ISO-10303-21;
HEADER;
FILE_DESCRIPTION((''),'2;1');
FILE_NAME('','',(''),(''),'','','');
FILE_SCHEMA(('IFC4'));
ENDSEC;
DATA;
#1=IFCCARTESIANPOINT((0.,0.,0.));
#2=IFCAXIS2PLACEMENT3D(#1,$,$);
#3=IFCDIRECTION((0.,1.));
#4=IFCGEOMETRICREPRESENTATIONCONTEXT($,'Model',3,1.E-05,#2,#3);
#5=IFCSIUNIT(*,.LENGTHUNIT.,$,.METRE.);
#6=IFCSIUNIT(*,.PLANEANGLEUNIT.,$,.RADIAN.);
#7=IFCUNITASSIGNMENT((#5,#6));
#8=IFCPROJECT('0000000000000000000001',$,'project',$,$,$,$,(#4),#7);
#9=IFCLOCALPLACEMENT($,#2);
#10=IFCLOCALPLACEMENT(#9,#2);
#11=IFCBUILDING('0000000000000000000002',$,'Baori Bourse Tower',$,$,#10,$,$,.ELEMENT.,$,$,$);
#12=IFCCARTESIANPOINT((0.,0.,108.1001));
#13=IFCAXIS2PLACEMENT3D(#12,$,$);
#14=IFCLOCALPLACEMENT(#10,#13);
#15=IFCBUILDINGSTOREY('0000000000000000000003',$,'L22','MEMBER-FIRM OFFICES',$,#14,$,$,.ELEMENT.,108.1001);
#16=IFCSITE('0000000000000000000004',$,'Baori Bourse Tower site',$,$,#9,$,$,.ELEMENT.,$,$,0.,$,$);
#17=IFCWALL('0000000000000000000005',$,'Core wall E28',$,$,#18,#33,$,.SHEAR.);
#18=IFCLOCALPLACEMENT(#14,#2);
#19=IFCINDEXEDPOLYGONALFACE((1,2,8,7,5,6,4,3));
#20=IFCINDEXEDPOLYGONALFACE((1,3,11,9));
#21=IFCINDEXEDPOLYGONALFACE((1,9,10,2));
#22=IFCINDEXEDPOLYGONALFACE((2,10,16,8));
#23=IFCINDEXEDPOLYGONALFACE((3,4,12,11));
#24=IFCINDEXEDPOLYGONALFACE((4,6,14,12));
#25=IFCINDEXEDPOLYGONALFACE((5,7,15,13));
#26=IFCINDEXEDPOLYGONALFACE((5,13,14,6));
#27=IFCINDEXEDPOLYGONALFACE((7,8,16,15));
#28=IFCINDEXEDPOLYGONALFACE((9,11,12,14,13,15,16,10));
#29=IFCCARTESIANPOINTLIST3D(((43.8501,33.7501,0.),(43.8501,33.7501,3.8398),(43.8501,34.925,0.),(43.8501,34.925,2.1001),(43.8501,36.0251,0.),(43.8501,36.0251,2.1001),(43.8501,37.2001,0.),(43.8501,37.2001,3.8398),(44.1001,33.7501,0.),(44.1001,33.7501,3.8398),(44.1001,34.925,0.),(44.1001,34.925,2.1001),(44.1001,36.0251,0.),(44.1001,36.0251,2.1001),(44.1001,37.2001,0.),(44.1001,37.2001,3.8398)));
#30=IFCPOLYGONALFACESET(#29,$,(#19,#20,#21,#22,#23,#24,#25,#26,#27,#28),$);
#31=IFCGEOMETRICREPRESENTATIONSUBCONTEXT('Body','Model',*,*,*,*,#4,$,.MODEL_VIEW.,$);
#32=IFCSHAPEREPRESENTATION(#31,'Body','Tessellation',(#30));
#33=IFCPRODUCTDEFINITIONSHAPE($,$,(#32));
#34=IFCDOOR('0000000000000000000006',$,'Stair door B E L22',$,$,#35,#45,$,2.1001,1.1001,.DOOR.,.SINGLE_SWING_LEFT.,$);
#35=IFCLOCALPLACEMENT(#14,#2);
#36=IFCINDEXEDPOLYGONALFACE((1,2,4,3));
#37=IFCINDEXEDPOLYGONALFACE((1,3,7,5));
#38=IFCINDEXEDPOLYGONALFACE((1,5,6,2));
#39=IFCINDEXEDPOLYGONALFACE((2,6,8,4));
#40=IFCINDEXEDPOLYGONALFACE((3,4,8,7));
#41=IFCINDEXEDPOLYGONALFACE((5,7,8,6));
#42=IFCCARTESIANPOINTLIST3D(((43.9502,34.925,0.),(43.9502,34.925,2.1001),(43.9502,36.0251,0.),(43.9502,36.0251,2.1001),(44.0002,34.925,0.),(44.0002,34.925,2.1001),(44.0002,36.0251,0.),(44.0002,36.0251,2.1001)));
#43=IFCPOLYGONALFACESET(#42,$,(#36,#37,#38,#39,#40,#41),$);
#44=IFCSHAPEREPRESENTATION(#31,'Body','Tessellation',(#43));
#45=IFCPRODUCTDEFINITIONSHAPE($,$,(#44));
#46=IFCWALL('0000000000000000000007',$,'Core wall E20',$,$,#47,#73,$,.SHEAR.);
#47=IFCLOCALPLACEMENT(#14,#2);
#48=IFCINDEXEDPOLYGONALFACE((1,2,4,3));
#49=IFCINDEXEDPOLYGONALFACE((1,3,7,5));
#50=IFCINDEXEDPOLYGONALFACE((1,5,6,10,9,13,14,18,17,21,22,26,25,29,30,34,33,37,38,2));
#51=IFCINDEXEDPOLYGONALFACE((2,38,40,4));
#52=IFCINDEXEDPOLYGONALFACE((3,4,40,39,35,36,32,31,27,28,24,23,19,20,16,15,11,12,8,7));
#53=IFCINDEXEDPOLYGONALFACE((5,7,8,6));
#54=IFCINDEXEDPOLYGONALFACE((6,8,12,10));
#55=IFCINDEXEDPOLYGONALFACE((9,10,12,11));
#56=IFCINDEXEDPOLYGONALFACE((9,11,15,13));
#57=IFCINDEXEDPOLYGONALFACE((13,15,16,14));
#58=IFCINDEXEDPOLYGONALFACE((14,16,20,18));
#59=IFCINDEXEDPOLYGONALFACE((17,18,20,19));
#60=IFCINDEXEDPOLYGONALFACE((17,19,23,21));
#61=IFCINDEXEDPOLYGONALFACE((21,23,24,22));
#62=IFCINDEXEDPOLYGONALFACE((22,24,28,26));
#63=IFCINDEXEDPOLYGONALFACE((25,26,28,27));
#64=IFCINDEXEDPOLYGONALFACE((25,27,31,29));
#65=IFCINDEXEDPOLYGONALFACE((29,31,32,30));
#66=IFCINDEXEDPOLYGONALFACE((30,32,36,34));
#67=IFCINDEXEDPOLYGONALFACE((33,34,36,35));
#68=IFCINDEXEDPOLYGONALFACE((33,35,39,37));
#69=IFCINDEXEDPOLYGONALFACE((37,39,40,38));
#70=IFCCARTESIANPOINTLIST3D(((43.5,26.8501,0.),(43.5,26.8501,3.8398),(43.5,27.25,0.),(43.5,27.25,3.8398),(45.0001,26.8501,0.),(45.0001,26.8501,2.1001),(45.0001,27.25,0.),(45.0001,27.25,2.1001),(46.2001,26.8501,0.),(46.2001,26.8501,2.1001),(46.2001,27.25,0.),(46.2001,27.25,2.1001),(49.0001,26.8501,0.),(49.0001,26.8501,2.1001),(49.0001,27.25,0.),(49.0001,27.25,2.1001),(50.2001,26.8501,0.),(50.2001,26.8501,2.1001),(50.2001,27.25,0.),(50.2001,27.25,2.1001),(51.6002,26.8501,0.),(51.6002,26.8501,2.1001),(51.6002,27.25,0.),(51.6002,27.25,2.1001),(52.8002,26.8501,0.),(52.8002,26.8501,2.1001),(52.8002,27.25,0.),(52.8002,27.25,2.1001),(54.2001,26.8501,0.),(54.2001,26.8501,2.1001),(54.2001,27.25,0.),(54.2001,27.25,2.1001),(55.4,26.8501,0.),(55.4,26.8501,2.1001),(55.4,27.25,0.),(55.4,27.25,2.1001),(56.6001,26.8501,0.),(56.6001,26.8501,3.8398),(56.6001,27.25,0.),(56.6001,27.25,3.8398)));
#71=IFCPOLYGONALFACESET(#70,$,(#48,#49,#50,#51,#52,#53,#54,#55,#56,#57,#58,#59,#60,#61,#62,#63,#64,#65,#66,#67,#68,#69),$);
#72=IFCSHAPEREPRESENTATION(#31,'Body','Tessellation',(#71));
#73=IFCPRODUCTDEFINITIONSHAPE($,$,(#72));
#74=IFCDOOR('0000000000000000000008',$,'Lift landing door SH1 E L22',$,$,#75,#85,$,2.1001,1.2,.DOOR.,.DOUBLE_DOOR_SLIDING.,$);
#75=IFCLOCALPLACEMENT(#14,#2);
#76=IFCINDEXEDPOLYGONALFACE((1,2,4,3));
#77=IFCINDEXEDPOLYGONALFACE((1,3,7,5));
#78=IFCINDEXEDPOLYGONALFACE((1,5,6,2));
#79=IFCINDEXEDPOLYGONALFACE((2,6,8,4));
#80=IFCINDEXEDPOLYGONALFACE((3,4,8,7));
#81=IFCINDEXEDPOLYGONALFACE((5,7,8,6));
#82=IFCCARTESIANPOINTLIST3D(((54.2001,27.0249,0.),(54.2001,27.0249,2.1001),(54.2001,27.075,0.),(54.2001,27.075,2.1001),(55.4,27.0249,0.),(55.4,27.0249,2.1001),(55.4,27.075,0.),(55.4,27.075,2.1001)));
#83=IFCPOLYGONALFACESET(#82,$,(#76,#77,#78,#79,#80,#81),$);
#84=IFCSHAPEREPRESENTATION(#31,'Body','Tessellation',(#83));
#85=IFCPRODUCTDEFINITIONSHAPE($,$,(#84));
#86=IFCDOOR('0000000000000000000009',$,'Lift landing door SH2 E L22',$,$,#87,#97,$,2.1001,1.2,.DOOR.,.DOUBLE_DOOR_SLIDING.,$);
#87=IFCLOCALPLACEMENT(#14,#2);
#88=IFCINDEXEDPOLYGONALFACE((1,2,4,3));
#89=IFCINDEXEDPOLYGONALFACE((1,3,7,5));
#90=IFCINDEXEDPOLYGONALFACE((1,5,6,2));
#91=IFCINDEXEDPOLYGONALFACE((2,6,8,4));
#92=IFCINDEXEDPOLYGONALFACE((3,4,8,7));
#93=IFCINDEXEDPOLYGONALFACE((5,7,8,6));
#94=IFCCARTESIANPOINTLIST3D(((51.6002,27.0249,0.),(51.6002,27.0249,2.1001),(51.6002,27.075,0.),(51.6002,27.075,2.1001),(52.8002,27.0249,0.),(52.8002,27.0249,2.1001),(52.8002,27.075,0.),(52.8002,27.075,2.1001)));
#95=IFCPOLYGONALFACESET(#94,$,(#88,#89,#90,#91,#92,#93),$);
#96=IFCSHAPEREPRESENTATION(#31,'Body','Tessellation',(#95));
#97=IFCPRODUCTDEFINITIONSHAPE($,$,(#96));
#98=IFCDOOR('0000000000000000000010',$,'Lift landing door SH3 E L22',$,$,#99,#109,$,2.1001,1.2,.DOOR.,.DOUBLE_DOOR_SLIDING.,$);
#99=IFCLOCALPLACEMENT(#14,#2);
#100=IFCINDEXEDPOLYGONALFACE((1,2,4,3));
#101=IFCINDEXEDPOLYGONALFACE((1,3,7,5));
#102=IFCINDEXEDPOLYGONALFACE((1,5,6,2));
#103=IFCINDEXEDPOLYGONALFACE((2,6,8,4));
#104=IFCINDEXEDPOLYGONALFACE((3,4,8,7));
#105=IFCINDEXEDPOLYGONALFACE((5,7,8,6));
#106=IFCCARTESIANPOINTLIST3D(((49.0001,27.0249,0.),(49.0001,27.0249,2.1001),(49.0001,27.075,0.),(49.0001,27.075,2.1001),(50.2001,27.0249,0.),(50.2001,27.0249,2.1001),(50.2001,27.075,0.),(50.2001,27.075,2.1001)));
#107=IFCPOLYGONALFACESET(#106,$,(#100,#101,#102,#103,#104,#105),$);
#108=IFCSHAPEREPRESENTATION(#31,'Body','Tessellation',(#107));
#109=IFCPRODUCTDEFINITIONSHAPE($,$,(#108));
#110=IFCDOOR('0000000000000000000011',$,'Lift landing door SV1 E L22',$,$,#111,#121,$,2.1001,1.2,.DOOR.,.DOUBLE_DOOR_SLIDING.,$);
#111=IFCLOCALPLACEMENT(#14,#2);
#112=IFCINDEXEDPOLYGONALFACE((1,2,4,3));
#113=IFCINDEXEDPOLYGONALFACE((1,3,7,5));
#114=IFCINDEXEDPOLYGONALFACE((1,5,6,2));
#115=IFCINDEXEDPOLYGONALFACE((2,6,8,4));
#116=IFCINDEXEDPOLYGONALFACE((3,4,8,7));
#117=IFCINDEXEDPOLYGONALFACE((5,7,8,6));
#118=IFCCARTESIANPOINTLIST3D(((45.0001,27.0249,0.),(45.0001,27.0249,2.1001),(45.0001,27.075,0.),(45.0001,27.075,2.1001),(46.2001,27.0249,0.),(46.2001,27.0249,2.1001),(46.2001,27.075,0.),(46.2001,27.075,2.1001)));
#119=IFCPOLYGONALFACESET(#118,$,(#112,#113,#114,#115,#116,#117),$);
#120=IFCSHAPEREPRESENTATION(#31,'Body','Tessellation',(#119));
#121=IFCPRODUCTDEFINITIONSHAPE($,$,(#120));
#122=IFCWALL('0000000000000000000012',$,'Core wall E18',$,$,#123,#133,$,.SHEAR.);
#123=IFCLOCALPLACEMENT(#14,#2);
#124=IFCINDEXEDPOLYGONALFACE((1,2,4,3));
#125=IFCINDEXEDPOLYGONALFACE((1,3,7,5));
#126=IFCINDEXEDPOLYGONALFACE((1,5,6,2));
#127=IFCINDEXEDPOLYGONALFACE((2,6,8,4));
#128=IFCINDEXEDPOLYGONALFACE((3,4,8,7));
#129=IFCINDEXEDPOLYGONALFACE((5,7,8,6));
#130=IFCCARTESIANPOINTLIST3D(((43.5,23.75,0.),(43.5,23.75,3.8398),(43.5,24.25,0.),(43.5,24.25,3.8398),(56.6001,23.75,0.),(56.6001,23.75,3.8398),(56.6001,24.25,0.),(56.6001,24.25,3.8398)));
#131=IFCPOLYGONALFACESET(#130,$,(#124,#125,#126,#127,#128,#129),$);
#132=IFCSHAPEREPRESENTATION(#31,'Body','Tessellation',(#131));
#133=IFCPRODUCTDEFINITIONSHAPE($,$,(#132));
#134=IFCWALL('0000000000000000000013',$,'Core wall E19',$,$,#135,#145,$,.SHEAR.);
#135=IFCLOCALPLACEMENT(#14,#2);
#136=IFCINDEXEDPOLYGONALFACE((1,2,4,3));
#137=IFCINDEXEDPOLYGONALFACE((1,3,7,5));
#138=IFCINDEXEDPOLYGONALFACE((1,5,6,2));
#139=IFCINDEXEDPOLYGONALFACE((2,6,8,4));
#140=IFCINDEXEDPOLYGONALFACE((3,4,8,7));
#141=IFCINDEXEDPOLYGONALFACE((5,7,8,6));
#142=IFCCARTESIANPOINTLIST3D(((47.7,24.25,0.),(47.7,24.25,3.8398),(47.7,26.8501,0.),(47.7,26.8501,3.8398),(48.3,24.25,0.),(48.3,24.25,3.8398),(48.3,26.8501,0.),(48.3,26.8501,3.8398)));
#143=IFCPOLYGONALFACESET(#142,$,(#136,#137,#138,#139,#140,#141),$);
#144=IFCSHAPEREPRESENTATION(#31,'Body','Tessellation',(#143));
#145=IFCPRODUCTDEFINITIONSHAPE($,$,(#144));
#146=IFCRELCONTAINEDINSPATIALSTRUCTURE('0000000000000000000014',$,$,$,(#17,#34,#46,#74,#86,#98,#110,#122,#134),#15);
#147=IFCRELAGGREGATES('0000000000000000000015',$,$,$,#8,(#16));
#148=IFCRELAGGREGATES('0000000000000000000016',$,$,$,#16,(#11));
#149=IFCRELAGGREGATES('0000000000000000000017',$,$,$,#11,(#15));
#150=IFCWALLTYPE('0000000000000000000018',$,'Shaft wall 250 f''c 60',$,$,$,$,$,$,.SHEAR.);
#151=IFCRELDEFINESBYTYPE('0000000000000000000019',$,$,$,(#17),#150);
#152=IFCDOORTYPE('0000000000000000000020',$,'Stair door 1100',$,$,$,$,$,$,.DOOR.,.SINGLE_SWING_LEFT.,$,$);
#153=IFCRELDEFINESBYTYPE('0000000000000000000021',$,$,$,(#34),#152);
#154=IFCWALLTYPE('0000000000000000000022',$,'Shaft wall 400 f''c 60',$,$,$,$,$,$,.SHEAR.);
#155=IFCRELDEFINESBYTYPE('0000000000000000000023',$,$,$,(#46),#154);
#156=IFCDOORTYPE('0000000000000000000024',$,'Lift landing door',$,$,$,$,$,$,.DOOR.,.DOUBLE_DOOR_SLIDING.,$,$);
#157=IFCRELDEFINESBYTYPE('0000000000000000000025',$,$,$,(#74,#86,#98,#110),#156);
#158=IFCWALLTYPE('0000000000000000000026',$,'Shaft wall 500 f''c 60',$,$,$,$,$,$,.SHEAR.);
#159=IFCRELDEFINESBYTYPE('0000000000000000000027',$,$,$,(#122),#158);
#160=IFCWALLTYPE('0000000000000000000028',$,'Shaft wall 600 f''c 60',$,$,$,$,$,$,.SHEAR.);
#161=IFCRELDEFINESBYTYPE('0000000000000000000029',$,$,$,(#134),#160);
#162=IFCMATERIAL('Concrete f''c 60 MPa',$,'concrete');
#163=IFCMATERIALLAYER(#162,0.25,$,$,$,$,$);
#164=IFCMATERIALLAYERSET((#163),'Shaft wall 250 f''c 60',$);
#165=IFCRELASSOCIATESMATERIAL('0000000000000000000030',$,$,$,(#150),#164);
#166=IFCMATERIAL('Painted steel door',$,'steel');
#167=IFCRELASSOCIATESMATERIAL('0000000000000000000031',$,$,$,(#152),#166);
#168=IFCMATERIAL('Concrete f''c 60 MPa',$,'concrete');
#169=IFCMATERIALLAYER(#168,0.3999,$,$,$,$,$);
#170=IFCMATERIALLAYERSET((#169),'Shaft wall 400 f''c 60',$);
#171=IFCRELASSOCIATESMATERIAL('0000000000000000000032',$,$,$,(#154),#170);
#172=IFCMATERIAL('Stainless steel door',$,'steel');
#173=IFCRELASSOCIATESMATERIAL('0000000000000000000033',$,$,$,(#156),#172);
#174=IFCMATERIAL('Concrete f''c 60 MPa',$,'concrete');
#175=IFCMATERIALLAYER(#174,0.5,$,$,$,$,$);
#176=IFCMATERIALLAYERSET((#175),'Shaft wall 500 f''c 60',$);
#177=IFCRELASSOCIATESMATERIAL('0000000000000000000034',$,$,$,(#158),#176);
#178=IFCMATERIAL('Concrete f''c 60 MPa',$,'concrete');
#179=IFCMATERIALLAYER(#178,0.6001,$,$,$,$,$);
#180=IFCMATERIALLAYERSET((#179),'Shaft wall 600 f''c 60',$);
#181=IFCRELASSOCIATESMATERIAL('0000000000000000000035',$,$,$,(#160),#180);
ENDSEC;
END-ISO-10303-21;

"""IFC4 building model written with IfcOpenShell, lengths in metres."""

from ifc_helpers import new_model, si_unit, direction, frame, frame_2d, origin, place, context, subcontext, project, spatial, rectangle, extrude, material, layer, layer_set, type_object, element, fill, save


model = new_model("IFC4")

# Units and contexts
model_context = context("Model", 3, precision=1e-05, world=origin(), true_north=direction((0.0, 1.0)))
body_context = subcontext(model_context, "Body", "Model", "MODEL_VIEW")
ifc_project = project(units=[si_unit("LENGTHUNIT", "METRE"), si_unit("PLANEANGLEUNIT", "RADIAN")], contexts=[model_context])

# Site, building, storey
site_placement = place(None, origin())
site = spatial("IfcSite", under=ifc_project, at=site_placement, Name="Baori Bourse Tower site", CompositionType="ELEMENT", RefElevation=0.0)
building_placement = place(site_placement, origin())
building = spatial("IfcBuilding", under=site, at=building_placement, Name="Baori Bourse Tower", CompositionType="ELEMENT")
storey_placement = place(building_placement, frame((0.0, 0.0, 108.1001)))
storey = spatial("IfcBuildingStorey", under=building, at=storey_placement, Name="L22", Description="MEMBER-FIRM OFFICES", CompositionType="ELEMENT", Elevation=108.1001)

# Wall, opening, door
ifc_material_1 = material(Name="Concrete f'c 60 MPa", Category="concrete")
ifc_layer_1 = layer(ifc_material_1, 0.25)
ifc_layer_set_1 = layer_set([ifc_layer_1], Name="Shaft wall 250 f'c 60")
wall_type_1 = type_object("IfcWallType", Name="Shaft wall 250 f'c 60", PredefinedType="SHEAR", material=ifc_layer_set_1)
wall_1_placement = place(storey_placement, frame((43.9751, 33.75, 0.0), z_axis=(0.0, 0.0, 1.0), x_axis=(0.0, 1.0, 0.0)))
wall_1 = element("IfcWall", 1, at=wall_1_placement, inside=storey, type_object=wall_type_1, Name="Core wall E28", PredefinedType="SHEAR", context=body_context, shape_type="SweptSolid", body=[
    extrude(rectangle(XDim=3.45, YDim=0.25, at=frame_2d((1.7251, 0.0))), origin(), (0.0, 0.0, 1.0), 3.8398),
])
opening_1_placement = place(wall_1_placement, frame((1.175, 0.0, 0.0)))
opening_1 = element("IfcOpeningElement", 2, at=opening_1_placement, cuts=wall_1, PredefinedType="OPENING", context=body_context, shape_type="SweptSolid", body=[
    extrude(rectangle(XDim=1.1001, YDim=2.1001, at=frame_2d((0.55, 1.05))), frame((0.0, 0.135, 0.0), z_axis=(0.0, -1.0, 0.0), x_axis=(1.0, 0.0, 0.0)), (0.0, 0.0, 1.0), 0.27),
])
ifc_material_2 = material(Name="Painted steel door", Category="steel")
door_type_1 = type_object("IfcDoorType", Name="Stair door 1100", OperationType="SINGLE_SWING_LEFT", PredefinedType="DOOR", material=ifc_material_2)
door_1_placement = place(opening_1_placement, origin())
door_1 = element("IfcDoor", 3, at=door_1_placement, inside=storey, type_object=door_type_1, Name="Stair door B E L22", OperationType="SINGLE_SWING_LEFT", OverallHeight=2.1001, OverallWidth=1.1001, PredefinedType="DOOR", context=body_context, shape_type="SweptSolid", body=[
    extrude(rectangle(XDim=1.1001, YDim=2.1001, at=frame_2d((0.55, 1.05))), frame((0.0, 0.0249, 0.0), z_axis=(0.0, -1.0, 0.0), x_axis=(1.0, 0.0, 0.0)), (0.0, 0.0, 1.0), 0.05),
])
fill(opening_1, door_1)

# Wall, openings, doors
ifc_material_3 = material(Name="Concrete f'c 60 MPa", Category="concrete")
ifc_layer_2 = layer(ifc_material_3, 0.3999)
ifc_layer_set_2 = layer_set([ifc_layer_2], Name="Shaft wall 400 f'c 60")
wall_type_2 = type_object("IfcWallType", Name="Shaft wall 400 f'c 60", PredefinedType="SHEAR", material=ifc_layer_set_2)
wall_2_placement = place(storey_placement, frame((43.5, 27.05, 0.0), z_axis=(0.0, 0.0, 1.0), x_axis=(1.0, 0.0, 0.0)))
wall_2 = element("IfcWall", 4, at=wall_2_placement, inside=storey, type_object=wall_type_2, Name="Core wall E20", PredefinedType="SHEAR", context=body_context, shape_type="SweptSolid", body=[
    extrude(rectangle(XDim=13.1001, YDim=0.3999, at=frame_2d((6.55, 0.0))), origin(), (0.0, 0.0, 1.0), 3.8398),
])
opening_2_placement = place(wall_2_placement, frame((10.7, 0.0, 0.0)))
opening_2 = element("IfcOpeningElement", 5, at=opening_2_placement, cuts=wall_2, PredefinedType="OPENING", context=body_context, shape_type="SweptSolid", body=[
    extrude(rectangle(XDim=1.2, YDim=2.1001, at=frame_2d((0.6001, 1.05))), frame((0.0, 0.21, 0.0), z_axis=(0.0, -1.0, 0.0), x_axis=(1.0, 0.0, 0.0)), (0.0, 0.0, 1.0), 0.4199),
])
opening_3_placement = place(wall_2_placement, frame((8.1001, 0.0, 0.0)))
opening_3 = element("IfcOpeningElement", 6, at=opening_3_placement, cuts=wall_2, PredefinedType="OPENING", context=body_context, shape_type="SweptSolid", body=[
    extrude(rectangle(XDim=1.2, YDim=2.1001, at=frame_2d((0.6001, 1.05))), frame((0.0, 0.21, 0.0), z_axis=(0.0, -1.0, 0.0), x_axis=(1.0, 0.0, 0.0)), (0.0, 0.0, 1.0), 0.4199),
])
opening_4_placement = place(wall_2_placement, frame((5.5, 0.0, 0.0)))
opening_4 = element("IfcOpeningElement", 7, at=opening_4_placement, cuts=wall_2, PredefinedType="OPENING", context=body_context, shape_type="SweptSolid", body=[
    extrude(rectangle(XDim=1.2, YDim=2.1001, at=frame_2d((0.6001, 1.05))), frame((0.0, 0.21, 0.0), z_axis=(0.0, -1.0, 0.0), x_axis=(1.0, 0.0, 0.0)), (0.0, 0.0, 1.0), 0.4199),
])
opening_5_placement = place(wall_2_placement, frame((1.5, 0.0, 0.0)))
opening_5 = element("IfcOpeningElement", 8, at=opening_5_placement, cuts=wall_2, PredefinedType="OPENING", context=body_context, shape_type="SweptSolid", body=[
    extrude(rectangle(XDim=1.2, YDim=2.1001, at=frame_2d((0.6001, 1.05))), frame((0.0, 0.21, 0.0), z_axis=(0.0, -1.0, 0.0), x_axis=(1.0, 0.0, 0.0)), (0.0, 0.0, 1.0), 0.4199),
])
ifc_material_4 = material(Name="Stainless steel door", Category="steel")
door_type_2 = type_object("IfcDoorType", Name="Lift landing door", OperationType="DOUBLE_DOOR_SLIDING", PredefinedType="DOOR", material=ifc_material_4)
door_2_placement = place(opening_2_placement, origin())
door_2 = element("IfcDoor", 9, at=door_2_placement, inside=storey, type_object=door_type_2, Name="Lift landing door SH1 E L22", OperationType="DOUBLE_DOOR_SLIDING", OverallHeight=2.1001, OverallWidth=1.2, PredefinedType="DOOR", context=body_context, shape_type="SweptSolid", body=[
    extrude(rectangle(XDim=1.2, YDim=2.1001, at=frame_2d((0.6001, 1.05))), frame((0.0, 0.0249, 0.0), z_axis=(0.0, -1.0, 0.0), x_axis=(1.0, 0.0, 0.0)), (0.0, 0.0, 1.0), 0.05),
])
fill(opening_2, door_2)
door_3_placement = place(opening_3_placement, origin())
door_3 = element("IfcDoor", 10, at=door_3_placement, inside=storey, type_object=door_type_2, Name="Lift landing door SH2 E L22", OperationType="DOUBLE_DOOR_SLIDING", OverallHeight=2.1001, OverallWidth=1.2, PredefinedType="DOOR", context=body_context, shape_type="SweptSolid", body=[
    extrude(rectangle(XDim=1.2, YDim=2.1001, at=frame_2d((0.6001, 1.05))), frame((0.0, 0.0249, 0.0), z_axis=(0.0, -1.0, 0.0), x_axis=(1.0, 0.0, 0.0)), (0.0, 0.0, 1.0), 0.05),
])
fill(opening_3, door_3)
door_4_placement = place(opening_4_placement, origin())
door_4 = element("IfcDoor", 11, at=door_4_placement, inside=storey, type_object=door_type_2, Name="Lift landing door SH3 E L22", OperationType="DOUBLE_DOOR_SLIDING", OverallHeight=2.1001, OverallWidth=1.2, PredefinedType="DOOR", context=body_context, shape_type="SweptSolid", body=[
    extrude(rectangle(XDim=1.2, YDim=2.1001, at=frame_2d((0.6001, 1.05))), frame((0.0, 0.0249, 0.0), z_axis=(0.0, -1.0, 0.0), x_axis=(1.0, 0.0, 0.0)), (0.0, 0.0, 1.0), 0.05),
])
fill(opening_4, door_4)
door_5_placement = place(opening_5_placement, origin())
door_5 = element("IfcDoor", 12, at=door_5_placement, inside=storey, type_object=door_type_2, Name="Lift landing door SV1 E L22", OperationType="DOUBLE_DOOR_SLIDING", OverallHeight=2.1001, OverallWidth=1.2, PredefinedType="DOOR", context=body_context, shape_type="SweptSolid", body=[
    extrude(rectangle(XDim=1.2, YDim=2.1001, at=frame_2d((0.6001, 1.05))), frame((0.0, 0.0249, 0.0), z_axis=(0.0, -1.0, 0.0), x_axis=(1.0, 0.0, 0.0)), (0.0, 0.0, 1.0), 0.05),
])
fill(opening_5, door_5)

# Walls
ifc_material_5 = material(Name="Concrete f'c 60 MPa", Category="concrete")
ifc_layer_3 = layer(ifc_material_5, 0.5)
ifc_layer_set_3 = layer_set([ifc_layer_3], Name="Shaft wall 500 f'c 60")
wall_type_3 = type_object("IfcWallType", Name="Shaft wall 500 f'c 60", PredefinedType="SHEAR", material=ifc_layer_set_3)
wall_3_placement = place(storey_placement, frame((43.5, 24.0, 0.0), z_axis=(0.0, 0.0, 1.0), x_axis=(1.0, 0.0, 0.0)))
element("IfcWall", 13, at=wall_3_placement, inside=storey, type_object=wall_type_3, Name="Core wall E18", PredefinedType="SHEAR", context=body_context, shape_type="SweptSolid", body=[
    extrude(rectangle(XDim=13.1001, YDim=0.5, at=frame_2d((6.55, 0.0))), origin(), (0.0, 0.0, 1.0), 3.8398),
])
ifc_material_6 = material(Name="Concrete f'c 60 MPa", Category="concrete")
ifc_layer_4 = layer(ifc_material_6, 0.6001)
ifc_layer_set_4 = layer_set([ifc_layer_4], Name="Shaft wall 600 f'c 60")
wall_type_4 = type_object("IfcWallType", Name="Shaft wall 600 f'c 60", PredefinedType="SHEAR", material=ifc_layer_set_4)
wall_4_placement = place(storey_placement, frame((48.0, 24.25, 0.0), z_axis=(0.0, 0.0, 1.0), x_axis=(0.0, 1.0, 0.0)))
element("IfcWall", 14, at=wall_4_placement, inside=storey, type_object=wall_type_4, Name="Core wall E19", PredefinedType="SHEAR", context=body_context, shape_type="SweptSolid", body=[
    extrude(rectangle(XDim=2.6001, YDim=0.6001, at=frame_2d((1.3, 0.0))), origin(), (0.0, 0.0, 1.0), 3.8398),
])

save(model, "model.ifc")
